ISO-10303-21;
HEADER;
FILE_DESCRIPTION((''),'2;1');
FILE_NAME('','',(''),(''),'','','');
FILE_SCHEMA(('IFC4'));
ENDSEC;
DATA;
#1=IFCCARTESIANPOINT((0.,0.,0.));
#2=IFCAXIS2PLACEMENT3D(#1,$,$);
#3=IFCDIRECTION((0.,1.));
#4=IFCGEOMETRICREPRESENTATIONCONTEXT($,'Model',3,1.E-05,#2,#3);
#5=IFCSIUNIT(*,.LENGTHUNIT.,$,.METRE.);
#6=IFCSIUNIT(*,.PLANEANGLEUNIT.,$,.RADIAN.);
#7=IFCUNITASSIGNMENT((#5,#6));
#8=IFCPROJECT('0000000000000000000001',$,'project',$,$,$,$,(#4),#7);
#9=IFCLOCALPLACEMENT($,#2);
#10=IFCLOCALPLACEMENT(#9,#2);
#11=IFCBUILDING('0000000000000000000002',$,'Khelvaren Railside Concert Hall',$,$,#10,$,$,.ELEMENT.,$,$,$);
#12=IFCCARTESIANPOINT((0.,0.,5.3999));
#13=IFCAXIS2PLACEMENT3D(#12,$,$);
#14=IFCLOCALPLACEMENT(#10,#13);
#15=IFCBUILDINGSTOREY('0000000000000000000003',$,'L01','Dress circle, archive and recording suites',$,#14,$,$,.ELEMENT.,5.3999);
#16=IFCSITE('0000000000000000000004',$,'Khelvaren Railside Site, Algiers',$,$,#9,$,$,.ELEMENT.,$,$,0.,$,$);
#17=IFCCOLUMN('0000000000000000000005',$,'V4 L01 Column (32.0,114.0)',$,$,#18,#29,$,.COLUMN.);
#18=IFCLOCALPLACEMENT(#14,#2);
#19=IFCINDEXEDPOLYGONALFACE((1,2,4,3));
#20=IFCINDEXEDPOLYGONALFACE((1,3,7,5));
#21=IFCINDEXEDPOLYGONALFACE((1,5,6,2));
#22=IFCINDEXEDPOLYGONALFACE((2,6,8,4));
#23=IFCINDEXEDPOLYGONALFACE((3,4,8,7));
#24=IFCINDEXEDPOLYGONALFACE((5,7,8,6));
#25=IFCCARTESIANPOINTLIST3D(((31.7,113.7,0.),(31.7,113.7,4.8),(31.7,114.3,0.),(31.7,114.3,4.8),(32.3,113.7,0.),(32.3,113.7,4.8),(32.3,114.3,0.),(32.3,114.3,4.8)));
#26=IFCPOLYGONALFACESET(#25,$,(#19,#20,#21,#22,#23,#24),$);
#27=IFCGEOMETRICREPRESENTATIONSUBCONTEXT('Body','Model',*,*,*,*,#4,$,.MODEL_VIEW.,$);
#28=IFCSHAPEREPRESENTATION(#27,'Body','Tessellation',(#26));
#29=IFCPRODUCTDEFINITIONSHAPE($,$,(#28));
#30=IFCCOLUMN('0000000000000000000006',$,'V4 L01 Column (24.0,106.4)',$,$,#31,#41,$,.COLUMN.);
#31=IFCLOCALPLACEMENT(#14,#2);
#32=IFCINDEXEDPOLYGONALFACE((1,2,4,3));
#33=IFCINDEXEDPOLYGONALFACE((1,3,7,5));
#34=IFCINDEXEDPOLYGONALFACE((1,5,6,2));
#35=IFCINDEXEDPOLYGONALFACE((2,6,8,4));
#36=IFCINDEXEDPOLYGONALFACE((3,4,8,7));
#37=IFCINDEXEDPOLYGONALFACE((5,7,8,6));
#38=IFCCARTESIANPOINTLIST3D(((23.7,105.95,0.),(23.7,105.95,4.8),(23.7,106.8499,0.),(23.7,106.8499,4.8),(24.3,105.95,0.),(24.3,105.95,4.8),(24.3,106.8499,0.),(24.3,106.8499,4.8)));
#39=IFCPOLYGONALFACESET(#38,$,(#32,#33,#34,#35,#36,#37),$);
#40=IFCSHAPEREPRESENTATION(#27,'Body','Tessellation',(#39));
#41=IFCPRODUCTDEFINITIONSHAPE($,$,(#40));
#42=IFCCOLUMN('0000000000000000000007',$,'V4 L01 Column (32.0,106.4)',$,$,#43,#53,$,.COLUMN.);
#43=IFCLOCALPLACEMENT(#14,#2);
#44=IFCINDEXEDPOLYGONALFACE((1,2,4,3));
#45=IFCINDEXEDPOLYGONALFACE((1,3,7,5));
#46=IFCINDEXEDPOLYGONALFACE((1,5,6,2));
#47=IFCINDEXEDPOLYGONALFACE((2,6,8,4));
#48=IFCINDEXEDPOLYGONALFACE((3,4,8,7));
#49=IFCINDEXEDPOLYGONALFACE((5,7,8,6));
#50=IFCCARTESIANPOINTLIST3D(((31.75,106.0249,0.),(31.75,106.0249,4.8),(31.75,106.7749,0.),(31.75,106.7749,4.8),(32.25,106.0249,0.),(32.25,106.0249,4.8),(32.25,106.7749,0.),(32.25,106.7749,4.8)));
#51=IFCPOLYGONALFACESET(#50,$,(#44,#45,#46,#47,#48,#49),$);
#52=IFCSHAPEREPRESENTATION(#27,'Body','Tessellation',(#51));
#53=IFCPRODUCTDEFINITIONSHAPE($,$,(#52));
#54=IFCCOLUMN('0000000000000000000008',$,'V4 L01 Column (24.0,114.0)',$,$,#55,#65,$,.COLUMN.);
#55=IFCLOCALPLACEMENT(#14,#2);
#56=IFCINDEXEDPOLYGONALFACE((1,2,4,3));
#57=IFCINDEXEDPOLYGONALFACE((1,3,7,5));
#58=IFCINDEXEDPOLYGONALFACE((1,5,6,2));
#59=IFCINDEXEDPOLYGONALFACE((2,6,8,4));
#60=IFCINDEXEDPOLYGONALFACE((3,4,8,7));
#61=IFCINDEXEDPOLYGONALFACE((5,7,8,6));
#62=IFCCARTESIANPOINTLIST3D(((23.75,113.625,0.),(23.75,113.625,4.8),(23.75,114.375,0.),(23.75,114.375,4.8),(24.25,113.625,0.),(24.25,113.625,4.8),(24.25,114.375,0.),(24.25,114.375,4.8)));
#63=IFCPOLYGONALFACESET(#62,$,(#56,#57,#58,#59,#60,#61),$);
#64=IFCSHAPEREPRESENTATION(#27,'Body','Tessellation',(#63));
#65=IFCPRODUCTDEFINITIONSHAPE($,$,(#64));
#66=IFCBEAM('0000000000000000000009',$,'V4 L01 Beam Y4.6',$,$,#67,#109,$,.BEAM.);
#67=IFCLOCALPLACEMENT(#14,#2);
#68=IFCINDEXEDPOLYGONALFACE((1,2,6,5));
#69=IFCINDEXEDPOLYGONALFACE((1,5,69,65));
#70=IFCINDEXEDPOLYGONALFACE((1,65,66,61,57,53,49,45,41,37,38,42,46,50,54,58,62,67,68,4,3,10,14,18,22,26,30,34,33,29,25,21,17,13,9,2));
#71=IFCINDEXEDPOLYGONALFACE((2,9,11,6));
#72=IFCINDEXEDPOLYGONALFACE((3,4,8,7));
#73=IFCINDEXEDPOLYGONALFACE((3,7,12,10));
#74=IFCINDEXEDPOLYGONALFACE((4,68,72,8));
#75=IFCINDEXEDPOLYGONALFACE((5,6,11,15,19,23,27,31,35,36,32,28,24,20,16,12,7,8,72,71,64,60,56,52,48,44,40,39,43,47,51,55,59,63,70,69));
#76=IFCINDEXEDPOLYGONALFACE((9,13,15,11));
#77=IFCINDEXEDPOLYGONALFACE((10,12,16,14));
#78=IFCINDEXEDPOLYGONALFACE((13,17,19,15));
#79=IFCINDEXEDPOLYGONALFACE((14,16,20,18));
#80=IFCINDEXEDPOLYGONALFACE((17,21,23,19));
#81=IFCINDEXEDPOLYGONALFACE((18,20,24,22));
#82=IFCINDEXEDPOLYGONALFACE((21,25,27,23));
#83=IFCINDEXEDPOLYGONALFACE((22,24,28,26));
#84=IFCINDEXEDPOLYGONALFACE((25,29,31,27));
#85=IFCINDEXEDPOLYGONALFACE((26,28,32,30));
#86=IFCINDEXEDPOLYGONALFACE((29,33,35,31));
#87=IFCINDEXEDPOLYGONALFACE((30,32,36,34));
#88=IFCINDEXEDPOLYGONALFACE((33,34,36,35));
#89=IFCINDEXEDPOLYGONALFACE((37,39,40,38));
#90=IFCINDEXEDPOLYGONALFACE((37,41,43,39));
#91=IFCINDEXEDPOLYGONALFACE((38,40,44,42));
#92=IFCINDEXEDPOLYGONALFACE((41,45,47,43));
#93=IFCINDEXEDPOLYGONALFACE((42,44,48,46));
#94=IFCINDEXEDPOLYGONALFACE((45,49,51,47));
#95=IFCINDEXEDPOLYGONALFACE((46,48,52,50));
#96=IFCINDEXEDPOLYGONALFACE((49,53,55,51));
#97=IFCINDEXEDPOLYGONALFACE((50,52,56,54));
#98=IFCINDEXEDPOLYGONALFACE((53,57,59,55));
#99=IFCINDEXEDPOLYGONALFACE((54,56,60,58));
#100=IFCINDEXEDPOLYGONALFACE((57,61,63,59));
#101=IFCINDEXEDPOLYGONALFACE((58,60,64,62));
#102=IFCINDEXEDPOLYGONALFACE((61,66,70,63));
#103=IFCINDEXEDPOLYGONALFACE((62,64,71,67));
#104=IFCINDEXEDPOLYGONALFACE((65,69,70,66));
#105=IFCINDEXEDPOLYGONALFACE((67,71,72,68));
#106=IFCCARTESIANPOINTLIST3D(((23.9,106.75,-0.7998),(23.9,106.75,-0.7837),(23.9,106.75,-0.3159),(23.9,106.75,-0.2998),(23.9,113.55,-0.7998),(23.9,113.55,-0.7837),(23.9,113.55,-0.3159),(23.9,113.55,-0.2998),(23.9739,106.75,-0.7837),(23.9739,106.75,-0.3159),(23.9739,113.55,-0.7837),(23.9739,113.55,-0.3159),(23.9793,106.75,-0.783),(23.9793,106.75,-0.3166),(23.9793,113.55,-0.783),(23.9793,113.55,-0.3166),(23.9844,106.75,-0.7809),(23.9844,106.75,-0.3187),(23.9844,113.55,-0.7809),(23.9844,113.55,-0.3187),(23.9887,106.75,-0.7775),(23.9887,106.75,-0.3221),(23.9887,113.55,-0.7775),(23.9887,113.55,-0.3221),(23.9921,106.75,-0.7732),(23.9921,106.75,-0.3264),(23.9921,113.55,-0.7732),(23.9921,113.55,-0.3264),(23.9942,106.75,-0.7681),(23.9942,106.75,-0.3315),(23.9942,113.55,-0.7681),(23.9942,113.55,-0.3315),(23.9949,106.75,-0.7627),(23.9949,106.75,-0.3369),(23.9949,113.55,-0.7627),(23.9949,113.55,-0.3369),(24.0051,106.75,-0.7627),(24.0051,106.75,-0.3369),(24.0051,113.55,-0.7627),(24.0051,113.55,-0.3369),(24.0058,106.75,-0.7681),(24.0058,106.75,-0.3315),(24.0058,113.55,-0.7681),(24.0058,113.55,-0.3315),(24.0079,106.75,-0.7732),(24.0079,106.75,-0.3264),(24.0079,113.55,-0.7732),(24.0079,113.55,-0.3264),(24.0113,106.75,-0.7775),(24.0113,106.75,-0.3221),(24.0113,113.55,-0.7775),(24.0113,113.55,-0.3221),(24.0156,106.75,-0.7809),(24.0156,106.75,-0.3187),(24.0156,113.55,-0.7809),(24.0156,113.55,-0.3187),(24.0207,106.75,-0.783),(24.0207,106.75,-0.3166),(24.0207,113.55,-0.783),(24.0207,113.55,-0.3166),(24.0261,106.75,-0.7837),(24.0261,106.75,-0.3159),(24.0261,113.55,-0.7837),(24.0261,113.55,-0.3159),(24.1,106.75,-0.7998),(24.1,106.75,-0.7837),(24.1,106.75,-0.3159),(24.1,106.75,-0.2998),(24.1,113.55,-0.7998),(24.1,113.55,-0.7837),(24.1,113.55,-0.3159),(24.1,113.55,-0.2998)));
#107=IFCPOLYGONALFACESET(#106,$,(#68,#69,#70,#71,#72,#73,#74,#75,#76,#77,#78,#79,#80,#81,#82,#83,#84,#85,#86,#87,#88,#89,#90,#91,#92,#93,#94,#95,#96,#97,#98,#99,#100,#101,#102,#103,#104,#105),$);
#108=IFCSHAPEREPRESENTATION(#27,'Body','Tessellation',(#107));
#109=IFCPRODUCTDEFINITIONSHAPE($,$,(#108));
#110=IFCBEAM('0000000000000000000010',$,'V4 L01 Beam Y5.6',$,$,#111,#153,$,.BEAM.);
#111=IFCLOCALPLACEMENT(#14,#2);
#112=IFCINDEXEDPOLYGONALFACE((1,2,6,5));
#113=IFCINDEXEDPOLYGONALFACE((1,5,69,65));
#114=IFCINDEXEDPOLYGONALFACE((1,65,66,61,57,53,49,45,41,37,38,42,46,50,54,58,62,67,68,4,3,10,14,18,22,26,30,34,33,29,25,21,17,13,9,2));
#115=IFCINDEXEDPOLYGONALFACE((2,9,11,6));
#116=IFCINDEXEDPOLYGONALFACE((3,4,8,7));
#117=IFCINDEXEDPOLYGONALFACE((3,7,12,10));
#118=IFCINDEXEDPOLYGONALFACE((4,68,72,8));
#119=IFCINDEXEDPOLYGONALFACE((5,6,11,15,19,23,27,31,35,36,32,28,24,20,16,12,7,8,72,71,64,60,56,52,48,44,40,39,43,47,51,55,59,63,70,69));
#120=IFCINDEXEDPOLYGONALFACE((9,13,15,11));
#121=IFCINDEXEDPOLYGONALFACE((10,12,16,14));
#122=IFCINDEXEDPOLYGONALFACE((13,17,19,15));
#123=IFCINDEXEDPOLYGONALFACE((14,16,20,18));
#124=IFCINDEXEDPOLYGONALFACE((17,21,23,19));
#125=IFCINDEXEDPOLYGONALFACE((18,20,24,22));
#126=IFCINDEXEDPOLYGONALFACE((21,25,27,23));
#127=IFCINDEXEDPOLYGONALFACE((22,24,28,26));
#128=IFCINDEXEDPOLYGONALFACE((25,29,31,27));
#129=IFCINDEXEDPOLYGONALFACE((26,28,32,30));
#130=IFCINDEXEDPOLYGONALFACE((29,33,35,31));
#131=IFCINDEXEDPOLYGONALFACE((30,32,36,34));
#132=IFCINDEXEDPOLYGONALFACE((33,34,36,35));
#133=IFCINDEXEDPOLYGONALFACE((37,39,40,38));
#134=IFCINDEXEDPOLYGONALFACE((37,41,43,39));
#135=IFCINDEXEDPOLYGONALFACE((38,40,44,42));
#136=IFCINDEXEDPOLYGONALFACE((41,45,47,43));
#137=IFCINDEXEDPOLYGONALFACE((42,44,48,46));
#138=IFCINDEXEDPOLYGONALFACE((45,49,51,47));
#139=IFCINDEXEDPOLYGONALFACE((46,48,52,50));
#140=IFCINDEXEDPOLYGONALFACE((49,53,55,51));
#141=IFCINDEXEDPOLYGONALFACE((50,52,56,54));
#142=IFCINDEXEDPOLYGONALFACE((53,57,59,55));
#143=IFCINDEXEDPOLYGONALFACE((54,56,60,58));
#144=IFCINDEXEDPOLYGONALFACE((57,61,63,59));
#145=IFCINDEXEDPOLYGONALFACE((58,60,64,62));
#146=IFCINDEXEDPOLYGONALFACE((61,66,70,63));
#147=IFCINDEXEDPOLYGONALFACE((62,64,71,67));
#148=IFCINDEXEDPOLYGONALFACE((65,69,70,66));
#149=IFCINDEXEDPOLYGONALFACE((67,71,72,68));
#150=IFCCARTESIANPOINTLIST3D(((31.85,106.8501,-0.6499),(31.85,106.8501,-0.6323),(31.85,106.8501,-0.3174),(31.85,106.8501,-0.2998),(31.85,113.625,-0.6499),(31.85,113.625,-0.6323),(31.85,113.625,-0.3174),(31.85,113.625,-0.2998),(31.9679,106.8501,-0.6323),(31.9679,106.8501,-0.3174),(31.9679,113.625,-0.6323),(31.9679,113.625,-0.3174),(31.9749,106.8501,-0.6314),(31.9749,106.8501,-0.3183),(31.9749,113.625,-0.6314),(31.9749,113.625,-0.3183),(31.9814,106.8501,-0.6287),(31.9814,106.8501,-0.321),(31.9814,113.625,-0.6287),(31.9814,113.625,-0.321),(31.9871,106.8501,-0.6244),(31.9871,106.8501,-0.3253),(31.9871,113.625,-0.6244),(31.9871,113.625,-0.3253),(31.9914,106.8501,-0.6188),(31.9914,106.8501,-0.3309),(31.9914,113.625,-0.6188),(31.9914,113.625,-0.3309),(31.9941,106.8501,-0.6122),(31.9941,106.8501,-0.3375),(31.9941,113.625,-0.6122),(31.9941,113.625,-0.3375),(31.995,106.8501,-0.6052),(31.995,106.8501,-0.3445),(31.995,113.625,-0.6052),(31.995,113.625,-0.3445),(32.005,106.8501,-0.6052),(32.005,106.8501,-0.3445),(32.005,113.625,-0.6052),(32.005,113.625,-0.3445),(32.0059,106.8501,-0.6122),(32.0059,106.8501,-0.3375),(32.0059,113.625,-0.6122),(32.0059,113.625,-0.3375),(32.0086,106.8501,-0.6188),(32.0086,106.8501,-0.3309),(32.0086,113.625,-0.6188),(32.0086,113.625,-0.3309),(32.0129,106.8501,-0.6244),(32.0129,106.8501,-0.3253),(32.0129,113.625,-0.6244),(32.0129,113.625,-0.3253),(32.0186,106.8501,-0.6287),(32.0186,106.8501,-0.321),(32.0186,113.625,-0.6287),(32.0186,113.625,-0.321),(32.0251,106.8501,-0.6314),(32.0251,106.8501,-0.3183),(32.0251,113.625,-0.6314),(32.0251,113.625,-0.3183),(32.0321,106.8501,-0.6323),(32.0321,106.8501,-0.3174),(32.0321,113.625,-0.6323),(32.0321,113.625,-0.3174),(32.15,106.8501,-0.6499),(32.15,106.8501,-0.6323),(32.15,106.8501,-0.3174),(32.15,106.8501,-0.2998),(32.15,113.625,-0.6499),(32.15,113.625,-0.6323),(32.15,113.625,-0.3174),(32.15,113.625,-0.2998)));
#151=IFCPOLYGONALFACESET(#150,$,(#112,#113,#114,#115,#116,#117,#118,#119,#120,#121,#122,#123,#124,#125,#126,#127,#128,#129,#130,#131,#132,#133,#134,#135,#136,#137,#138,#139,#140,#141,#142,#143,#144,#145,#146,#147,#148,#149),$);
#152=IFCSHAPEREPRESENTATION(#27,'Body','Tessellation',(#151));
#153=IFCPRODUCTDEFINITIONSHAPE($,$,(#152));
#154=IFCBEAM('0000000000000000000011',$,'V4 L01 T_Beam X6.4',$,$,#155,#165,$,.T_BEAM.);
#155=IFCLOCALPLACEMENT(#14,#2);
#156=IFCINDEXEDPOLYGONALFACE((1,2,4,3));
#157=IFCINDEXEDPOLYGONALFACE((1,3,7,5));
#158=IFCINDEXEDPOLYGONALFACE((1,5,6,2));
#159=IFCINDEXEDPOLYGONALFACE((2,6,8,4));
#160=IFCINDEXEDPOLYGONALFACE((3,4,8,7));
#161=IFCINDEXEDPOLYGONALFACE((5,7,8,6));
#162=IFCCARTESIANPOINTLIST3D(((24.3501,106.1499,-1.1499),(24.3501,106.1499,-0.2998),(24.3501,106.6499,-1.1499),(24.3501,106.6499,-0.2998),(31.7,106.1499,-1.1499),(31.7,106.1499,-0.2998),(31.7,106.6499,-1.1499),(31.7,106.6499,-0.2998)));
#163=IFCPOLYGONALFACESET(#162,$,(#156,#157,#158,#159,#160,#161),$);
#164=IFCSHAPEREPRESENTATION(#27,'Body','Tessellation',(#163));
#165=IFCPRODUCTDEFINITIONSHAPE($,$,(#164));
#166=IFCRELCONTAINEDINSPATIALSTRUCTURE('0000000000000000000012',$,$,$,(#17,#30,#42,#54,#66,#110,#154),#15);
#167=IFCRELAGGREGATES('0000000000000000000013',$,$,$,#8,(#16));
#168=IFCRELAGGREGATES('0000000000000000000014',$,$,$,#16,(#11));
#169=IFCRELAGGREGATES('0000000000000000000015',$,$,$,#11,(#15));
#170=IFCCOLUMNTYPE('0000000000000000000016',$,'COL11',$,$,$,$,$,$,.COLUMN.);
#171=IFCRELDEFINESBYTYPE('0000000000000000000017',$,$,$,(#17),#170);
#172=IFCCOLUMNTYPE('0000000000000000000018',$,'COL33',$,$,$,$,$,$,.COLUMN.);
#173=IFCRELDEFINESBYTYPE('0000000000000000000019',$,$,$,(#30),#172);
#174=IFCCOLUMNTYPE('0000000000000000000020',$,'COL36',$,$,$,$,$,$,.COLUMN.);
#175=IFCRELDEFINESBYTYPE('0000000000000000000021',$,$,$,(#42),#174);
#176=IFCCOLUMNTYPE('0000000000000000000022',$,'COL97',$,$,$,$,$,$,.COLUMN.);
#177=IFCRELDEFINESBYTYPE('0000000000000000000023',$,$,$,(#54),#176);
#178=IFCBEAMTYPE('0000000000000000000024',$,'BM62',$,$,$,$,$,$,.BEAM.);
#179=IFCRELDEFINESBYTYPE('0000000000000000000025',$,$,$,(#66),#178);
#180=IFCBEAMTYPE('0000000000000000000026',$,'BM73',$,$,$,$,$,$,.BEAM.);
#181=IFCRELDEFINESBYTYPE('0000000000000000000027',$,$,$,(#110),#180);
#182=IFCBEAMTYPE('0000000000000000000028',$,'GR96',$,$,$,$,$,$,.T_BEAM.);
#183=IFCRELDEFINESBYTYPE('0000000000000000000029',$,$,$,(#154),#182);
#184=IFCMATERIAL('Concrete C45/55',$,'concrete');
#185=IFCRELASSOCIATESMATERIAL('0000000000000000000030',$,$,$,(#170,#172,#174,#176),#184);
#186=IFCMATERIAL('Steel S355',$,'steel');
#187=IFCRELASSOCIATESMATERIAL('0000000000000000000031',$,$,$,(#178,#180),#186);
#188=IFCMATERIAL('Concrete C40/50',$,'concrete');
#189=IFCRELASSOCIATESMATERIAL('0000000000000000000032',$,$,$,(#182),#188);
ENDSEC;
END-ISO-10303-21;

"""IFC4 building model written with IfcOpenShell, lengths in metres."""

from ifc_helpers import new_model, si_unit, direction, frame, origin, origin_2d, place, context, subcontext, project, spatial, rectangle, i_section, extrude, material, material_profile, profile_set, type_object, element, save


model = new_model("IFC4")

# Units and contexts
model_context = context("Model", 3, precision=1e-05, world=origin(), true_north=direction((0.0, 1.0)))
body_context = subcontext(model_context, "Body", "Model", "MODEL_VIEW")
ifc_project = project(units=[si_unit("LENGTHUNIT", "METRE"), si_unit("PLANEANGLEUNIT", "RADIAN")], contexts=[model_context])

# Site, building, storey
site_placement = place(None, origin())
site = spatial("IfcSite", under=ifc_project, at=site_placement, Name="Khelvaren Railside Site, Algiers", CompositionType="ELEMENT", RefElevation=0.0)
building_placement = place(site_placement, origin())
building = spatial("IfcBuilding", under=site, at=building_placement, Name="Khelvaren Railside Concert Hall", CompositionType="ELEMENT")
storey_placement = place(building_placement, frame((0.0, 0.0, 5.3999)))
storey = spatial("IfcBuildingStorey", under=building, at=storey_placement, Name="L01", Description="Dress circle, archive and recording suites", CompositionType="ELEMENT", Elevation=5.3999)

# Columns
ifc_material_1 = material(Name="Concrete C45/55", Category="concrete")
ifc_material_profile_1 = material_profile(ifc_material_1, rectangle(XDim=0.6001, YDim=0.6001, at=origin_2d()), Name="RC 600x600")
ifc_profile_set_1 = profile_set([ifc_material_profile_1], Name="Concrete C45/55")
column_type_1 = type_object("IfcColumnType", Name="COL11", PredefinedType="COLUMN", material=ifc_profile_set_1)
column_1_placement = place(storey_placement, frame((32.0, 114.0, 0.0), z_axis=(0.0, 0.0, 1.0), x_axis=(1.0, 0.0, 0.0)))
element("IfcColumn", 1, at=column_1_placement, inside=storey, type_object=column_type_1, Name="V4 L01 Column (32.0,114.0)", PredefinedType="COLUMN", context=body_context, shape_type="SweptSolid", body=[
    extrude(rectangle(XDim=0.6001, YDim=0.6001, at=origin_2d()), origin(), (0.0, 0.0, 1.0), 4.8),
])
ifc_material_profile_2 = material_profile(ifc_material_1, rectangle(XDim=0.6001, YDim=0.8999, at=origin_2d()), Name="RC 600x900")
ifc_profile_set_2 = profile_set([ifc_material_profile_2], Name="Concrete C45/55")
column_type_2 = type_object("IfcColumnType", Name="COL33", PredefinedType="COLUMN", material=ifc_profile_set_2)
column_2_placement = place(storey_placement, frame((24.0, 106.3999, 0.0), z_axis=(0.0, 0.0, 1.0), x_axis=(1.0, 0.0, 0.0)))
element("IfcColumn", 2, at=column_2_placement, inside=storey, type_object=column_type_2, Name="V4 L01 Column (24.0,106.4)", PredefinedType="COLUMN", context=body_context, shape_type="SweptSolid", body=[
    extrude(rectangle(XDim=0.6001, YDim=0.8999, at=origin_2d()), origin(), (0.0, 0.0, 1.0), 4.8),
])
ifc_material_profile_3 = material_profile(ifc_material_1, rectangle(XDim=0.5, YDim=0.75, at=origin_2d()), Name="RC 500x750")
ifc_profile_set_3 = profile_set([ifc_material_profile_3], Name="Concrete C45/55")
column_type_3 = type_object("IfcColumnType", Name="COL36", PredefinedType="COLUMN", material=ifc_profile_set_3)
column_3_placement = place(storey_placement, frame((32.0, 106.3999, 0.0), z_axis=(0.0, 0.0, 1.0), x_axis=(1.0, 0.0, 0.0)))
element("IfcColumn", 3, at=column_3_placement, inside=storey, type_object=column_type_3, Name="V4 L01 Column (32.0,106.4)", PredefinedType="COLUMN", context=body_context, shape_type="SweptSolid", body=[
    extrude(rectangle(XDim=0.5, YDim=0.75, at=origin_2d()), origin(), (0.0, 0.0, 1.0), 4.8),
])
ifc_material_profile_4 = material_profile(ifc_material_1, rectangle(XDim=0.5, YDim=0.75, at=origin_2d()), Name="RC 500x750")
ifc_profile_set_4 = profile_set([ifc_material_profile_4], Name="Concrete C45/55")
column_type_4 = type_object("IfcColumnType", Name="COL97", PredefinedType="COLUMN", material=ifc_profile_set_4)
column_4_placement = place(storey_placement, frame((24.0, 114.0, 0.0), z_axis=(0.0, 0.0, 1.0), x_axis=(1.0, 0.0, 0.0)))
element("IfcColumn", 4, at=column_4_placement, inside=storey, type_object=column_type_4, Name="V4 L01 Column (24.0,114.0)", PredefinedType="COLUMN", context=body_context, shape_type="SweptSolid", body=[
    extrude(rectangle(XDim=0.5, YDim=0.75, at=origin_2d()), origin(), (0.0, 0.0, 1.0), 4.8),
])

# Beams
ifc_material_2 = material(Name="Steel S355", Category="steel")
ifc_material_profile_5 = material_profile(ifc_material_2, i_section(OverallWidth=0.2, OverallDepth=0.5, WebThickness=0.0103, FlangeThickness=0.0161, FilletRadius=0.021, at=origin_2d()), Name="IPE 500")
ifc_profile_set_5 = profile_set([ifc_material_profile_5], Name="Steel S355")
beam_type_1 = type_object("IfcBeamType", Name="BM62", PredefinedType="BEAM", material=ifc_profile_set_5)
beam_1_placement = place(storey_placement, frame((24.0, 106.75, -0.5498), z_axis=(0.0, 1.0, 0.0), x_axis=(-1.0, 0.0, 0.0)))
element("IfcBeam", 5, at=beam_1_placement, inside=storey, type_object=beam_type_1, Name="V4 L01 Beam Y4.6", PredefinedType="BEAM", context=body_context, shape_type="SweptSolid", body=[
    extrude(i_section(OverallWidth=0.2, OverallDepth=0.5, WebThickness=0.0103, FlangeThickness=0.0161, FilletRadius=0.021, at=origin_2d()), origin(), (0.0, 0.0, 1.0), 6.8),
])
ifc_material_profile_6 = material_profile(ifc_material_2, i_section(OverallWidth=0.3, OverallDepth=0.3501, WebThickness=0.01, FlangeThickness=0.0176, FilletRadius=0.0271, at=origin_2d()), Name="HEA 360")
ifc_profile_set_6 = profile_set([ifc_material_profile_6], Name="Steel S355")
beam_type_2 = type_object("IfcBeamType", Name="BM73", PredefinedType="BEAM", material=ifc_profile_set_6)
beam_2_placement = place(storey_placement, frame((32.0, 106.8501, -0.4749), z_axis=(0.0, 1.0, 0.0), x_axis=(-1.0, 0.0, 0.0)))
element("IfcBeam", 6, at=beam_2_placement, inside=storey, type_object=beam_type_2, Name="V4 L01 Beam Y5.6", PredefinedType="BEAM", context=body_context, shape_type="SweptSolid", body=[
    extrude(i_section(OverallWidth=0.3, OverallDepth=0.3501, WebThickness=0.01, FlangeThickness=0.0176, FilletRadius=0.0271, at=origin_2d()), origin(), (0.0, 0.0, 1.0), 6.7749),
])
ifc_material_3 = material(Name="Concrete C40/50", Category="concrete")
ifc_material_profile_7 = material_profile(ifc_material_3, rectangle(XDim=0.5, YDim=0.8501, at=origin_2d()), Name="RCB 500x850")
ifc_profile_set_7 = profile_set([ifc_material_profile_7], Name="Concrete C40/50")
beam_type_3 = type_object("IfcBeamType", Name="GR96", PredefinedType="T_BEAM", material=ifc_profile_set_7)
beam_3_placement = place(storey_placement, frame((24.3501, 106.3999, -0.7249), z_axis=(1.0, 0.0, 0.0), x_axis=(0.0, 1.0, 0.0)))
element("IfcBeam", 7, at=beam_3_placement, inside=storey, type_object=beam_type_3, Name="V4 L01 T_Beam X6.4", PredefinedType="T_BEAM", context=body_context, shape_type="SweptSolid", body=[
    extrude(rectangle(XDim=0.5, YDim=0.8501, at=origin_2d()), origin(), (0.0, 0.0, 1.0), 7.3499),
])

save(model, "model.ifc")
